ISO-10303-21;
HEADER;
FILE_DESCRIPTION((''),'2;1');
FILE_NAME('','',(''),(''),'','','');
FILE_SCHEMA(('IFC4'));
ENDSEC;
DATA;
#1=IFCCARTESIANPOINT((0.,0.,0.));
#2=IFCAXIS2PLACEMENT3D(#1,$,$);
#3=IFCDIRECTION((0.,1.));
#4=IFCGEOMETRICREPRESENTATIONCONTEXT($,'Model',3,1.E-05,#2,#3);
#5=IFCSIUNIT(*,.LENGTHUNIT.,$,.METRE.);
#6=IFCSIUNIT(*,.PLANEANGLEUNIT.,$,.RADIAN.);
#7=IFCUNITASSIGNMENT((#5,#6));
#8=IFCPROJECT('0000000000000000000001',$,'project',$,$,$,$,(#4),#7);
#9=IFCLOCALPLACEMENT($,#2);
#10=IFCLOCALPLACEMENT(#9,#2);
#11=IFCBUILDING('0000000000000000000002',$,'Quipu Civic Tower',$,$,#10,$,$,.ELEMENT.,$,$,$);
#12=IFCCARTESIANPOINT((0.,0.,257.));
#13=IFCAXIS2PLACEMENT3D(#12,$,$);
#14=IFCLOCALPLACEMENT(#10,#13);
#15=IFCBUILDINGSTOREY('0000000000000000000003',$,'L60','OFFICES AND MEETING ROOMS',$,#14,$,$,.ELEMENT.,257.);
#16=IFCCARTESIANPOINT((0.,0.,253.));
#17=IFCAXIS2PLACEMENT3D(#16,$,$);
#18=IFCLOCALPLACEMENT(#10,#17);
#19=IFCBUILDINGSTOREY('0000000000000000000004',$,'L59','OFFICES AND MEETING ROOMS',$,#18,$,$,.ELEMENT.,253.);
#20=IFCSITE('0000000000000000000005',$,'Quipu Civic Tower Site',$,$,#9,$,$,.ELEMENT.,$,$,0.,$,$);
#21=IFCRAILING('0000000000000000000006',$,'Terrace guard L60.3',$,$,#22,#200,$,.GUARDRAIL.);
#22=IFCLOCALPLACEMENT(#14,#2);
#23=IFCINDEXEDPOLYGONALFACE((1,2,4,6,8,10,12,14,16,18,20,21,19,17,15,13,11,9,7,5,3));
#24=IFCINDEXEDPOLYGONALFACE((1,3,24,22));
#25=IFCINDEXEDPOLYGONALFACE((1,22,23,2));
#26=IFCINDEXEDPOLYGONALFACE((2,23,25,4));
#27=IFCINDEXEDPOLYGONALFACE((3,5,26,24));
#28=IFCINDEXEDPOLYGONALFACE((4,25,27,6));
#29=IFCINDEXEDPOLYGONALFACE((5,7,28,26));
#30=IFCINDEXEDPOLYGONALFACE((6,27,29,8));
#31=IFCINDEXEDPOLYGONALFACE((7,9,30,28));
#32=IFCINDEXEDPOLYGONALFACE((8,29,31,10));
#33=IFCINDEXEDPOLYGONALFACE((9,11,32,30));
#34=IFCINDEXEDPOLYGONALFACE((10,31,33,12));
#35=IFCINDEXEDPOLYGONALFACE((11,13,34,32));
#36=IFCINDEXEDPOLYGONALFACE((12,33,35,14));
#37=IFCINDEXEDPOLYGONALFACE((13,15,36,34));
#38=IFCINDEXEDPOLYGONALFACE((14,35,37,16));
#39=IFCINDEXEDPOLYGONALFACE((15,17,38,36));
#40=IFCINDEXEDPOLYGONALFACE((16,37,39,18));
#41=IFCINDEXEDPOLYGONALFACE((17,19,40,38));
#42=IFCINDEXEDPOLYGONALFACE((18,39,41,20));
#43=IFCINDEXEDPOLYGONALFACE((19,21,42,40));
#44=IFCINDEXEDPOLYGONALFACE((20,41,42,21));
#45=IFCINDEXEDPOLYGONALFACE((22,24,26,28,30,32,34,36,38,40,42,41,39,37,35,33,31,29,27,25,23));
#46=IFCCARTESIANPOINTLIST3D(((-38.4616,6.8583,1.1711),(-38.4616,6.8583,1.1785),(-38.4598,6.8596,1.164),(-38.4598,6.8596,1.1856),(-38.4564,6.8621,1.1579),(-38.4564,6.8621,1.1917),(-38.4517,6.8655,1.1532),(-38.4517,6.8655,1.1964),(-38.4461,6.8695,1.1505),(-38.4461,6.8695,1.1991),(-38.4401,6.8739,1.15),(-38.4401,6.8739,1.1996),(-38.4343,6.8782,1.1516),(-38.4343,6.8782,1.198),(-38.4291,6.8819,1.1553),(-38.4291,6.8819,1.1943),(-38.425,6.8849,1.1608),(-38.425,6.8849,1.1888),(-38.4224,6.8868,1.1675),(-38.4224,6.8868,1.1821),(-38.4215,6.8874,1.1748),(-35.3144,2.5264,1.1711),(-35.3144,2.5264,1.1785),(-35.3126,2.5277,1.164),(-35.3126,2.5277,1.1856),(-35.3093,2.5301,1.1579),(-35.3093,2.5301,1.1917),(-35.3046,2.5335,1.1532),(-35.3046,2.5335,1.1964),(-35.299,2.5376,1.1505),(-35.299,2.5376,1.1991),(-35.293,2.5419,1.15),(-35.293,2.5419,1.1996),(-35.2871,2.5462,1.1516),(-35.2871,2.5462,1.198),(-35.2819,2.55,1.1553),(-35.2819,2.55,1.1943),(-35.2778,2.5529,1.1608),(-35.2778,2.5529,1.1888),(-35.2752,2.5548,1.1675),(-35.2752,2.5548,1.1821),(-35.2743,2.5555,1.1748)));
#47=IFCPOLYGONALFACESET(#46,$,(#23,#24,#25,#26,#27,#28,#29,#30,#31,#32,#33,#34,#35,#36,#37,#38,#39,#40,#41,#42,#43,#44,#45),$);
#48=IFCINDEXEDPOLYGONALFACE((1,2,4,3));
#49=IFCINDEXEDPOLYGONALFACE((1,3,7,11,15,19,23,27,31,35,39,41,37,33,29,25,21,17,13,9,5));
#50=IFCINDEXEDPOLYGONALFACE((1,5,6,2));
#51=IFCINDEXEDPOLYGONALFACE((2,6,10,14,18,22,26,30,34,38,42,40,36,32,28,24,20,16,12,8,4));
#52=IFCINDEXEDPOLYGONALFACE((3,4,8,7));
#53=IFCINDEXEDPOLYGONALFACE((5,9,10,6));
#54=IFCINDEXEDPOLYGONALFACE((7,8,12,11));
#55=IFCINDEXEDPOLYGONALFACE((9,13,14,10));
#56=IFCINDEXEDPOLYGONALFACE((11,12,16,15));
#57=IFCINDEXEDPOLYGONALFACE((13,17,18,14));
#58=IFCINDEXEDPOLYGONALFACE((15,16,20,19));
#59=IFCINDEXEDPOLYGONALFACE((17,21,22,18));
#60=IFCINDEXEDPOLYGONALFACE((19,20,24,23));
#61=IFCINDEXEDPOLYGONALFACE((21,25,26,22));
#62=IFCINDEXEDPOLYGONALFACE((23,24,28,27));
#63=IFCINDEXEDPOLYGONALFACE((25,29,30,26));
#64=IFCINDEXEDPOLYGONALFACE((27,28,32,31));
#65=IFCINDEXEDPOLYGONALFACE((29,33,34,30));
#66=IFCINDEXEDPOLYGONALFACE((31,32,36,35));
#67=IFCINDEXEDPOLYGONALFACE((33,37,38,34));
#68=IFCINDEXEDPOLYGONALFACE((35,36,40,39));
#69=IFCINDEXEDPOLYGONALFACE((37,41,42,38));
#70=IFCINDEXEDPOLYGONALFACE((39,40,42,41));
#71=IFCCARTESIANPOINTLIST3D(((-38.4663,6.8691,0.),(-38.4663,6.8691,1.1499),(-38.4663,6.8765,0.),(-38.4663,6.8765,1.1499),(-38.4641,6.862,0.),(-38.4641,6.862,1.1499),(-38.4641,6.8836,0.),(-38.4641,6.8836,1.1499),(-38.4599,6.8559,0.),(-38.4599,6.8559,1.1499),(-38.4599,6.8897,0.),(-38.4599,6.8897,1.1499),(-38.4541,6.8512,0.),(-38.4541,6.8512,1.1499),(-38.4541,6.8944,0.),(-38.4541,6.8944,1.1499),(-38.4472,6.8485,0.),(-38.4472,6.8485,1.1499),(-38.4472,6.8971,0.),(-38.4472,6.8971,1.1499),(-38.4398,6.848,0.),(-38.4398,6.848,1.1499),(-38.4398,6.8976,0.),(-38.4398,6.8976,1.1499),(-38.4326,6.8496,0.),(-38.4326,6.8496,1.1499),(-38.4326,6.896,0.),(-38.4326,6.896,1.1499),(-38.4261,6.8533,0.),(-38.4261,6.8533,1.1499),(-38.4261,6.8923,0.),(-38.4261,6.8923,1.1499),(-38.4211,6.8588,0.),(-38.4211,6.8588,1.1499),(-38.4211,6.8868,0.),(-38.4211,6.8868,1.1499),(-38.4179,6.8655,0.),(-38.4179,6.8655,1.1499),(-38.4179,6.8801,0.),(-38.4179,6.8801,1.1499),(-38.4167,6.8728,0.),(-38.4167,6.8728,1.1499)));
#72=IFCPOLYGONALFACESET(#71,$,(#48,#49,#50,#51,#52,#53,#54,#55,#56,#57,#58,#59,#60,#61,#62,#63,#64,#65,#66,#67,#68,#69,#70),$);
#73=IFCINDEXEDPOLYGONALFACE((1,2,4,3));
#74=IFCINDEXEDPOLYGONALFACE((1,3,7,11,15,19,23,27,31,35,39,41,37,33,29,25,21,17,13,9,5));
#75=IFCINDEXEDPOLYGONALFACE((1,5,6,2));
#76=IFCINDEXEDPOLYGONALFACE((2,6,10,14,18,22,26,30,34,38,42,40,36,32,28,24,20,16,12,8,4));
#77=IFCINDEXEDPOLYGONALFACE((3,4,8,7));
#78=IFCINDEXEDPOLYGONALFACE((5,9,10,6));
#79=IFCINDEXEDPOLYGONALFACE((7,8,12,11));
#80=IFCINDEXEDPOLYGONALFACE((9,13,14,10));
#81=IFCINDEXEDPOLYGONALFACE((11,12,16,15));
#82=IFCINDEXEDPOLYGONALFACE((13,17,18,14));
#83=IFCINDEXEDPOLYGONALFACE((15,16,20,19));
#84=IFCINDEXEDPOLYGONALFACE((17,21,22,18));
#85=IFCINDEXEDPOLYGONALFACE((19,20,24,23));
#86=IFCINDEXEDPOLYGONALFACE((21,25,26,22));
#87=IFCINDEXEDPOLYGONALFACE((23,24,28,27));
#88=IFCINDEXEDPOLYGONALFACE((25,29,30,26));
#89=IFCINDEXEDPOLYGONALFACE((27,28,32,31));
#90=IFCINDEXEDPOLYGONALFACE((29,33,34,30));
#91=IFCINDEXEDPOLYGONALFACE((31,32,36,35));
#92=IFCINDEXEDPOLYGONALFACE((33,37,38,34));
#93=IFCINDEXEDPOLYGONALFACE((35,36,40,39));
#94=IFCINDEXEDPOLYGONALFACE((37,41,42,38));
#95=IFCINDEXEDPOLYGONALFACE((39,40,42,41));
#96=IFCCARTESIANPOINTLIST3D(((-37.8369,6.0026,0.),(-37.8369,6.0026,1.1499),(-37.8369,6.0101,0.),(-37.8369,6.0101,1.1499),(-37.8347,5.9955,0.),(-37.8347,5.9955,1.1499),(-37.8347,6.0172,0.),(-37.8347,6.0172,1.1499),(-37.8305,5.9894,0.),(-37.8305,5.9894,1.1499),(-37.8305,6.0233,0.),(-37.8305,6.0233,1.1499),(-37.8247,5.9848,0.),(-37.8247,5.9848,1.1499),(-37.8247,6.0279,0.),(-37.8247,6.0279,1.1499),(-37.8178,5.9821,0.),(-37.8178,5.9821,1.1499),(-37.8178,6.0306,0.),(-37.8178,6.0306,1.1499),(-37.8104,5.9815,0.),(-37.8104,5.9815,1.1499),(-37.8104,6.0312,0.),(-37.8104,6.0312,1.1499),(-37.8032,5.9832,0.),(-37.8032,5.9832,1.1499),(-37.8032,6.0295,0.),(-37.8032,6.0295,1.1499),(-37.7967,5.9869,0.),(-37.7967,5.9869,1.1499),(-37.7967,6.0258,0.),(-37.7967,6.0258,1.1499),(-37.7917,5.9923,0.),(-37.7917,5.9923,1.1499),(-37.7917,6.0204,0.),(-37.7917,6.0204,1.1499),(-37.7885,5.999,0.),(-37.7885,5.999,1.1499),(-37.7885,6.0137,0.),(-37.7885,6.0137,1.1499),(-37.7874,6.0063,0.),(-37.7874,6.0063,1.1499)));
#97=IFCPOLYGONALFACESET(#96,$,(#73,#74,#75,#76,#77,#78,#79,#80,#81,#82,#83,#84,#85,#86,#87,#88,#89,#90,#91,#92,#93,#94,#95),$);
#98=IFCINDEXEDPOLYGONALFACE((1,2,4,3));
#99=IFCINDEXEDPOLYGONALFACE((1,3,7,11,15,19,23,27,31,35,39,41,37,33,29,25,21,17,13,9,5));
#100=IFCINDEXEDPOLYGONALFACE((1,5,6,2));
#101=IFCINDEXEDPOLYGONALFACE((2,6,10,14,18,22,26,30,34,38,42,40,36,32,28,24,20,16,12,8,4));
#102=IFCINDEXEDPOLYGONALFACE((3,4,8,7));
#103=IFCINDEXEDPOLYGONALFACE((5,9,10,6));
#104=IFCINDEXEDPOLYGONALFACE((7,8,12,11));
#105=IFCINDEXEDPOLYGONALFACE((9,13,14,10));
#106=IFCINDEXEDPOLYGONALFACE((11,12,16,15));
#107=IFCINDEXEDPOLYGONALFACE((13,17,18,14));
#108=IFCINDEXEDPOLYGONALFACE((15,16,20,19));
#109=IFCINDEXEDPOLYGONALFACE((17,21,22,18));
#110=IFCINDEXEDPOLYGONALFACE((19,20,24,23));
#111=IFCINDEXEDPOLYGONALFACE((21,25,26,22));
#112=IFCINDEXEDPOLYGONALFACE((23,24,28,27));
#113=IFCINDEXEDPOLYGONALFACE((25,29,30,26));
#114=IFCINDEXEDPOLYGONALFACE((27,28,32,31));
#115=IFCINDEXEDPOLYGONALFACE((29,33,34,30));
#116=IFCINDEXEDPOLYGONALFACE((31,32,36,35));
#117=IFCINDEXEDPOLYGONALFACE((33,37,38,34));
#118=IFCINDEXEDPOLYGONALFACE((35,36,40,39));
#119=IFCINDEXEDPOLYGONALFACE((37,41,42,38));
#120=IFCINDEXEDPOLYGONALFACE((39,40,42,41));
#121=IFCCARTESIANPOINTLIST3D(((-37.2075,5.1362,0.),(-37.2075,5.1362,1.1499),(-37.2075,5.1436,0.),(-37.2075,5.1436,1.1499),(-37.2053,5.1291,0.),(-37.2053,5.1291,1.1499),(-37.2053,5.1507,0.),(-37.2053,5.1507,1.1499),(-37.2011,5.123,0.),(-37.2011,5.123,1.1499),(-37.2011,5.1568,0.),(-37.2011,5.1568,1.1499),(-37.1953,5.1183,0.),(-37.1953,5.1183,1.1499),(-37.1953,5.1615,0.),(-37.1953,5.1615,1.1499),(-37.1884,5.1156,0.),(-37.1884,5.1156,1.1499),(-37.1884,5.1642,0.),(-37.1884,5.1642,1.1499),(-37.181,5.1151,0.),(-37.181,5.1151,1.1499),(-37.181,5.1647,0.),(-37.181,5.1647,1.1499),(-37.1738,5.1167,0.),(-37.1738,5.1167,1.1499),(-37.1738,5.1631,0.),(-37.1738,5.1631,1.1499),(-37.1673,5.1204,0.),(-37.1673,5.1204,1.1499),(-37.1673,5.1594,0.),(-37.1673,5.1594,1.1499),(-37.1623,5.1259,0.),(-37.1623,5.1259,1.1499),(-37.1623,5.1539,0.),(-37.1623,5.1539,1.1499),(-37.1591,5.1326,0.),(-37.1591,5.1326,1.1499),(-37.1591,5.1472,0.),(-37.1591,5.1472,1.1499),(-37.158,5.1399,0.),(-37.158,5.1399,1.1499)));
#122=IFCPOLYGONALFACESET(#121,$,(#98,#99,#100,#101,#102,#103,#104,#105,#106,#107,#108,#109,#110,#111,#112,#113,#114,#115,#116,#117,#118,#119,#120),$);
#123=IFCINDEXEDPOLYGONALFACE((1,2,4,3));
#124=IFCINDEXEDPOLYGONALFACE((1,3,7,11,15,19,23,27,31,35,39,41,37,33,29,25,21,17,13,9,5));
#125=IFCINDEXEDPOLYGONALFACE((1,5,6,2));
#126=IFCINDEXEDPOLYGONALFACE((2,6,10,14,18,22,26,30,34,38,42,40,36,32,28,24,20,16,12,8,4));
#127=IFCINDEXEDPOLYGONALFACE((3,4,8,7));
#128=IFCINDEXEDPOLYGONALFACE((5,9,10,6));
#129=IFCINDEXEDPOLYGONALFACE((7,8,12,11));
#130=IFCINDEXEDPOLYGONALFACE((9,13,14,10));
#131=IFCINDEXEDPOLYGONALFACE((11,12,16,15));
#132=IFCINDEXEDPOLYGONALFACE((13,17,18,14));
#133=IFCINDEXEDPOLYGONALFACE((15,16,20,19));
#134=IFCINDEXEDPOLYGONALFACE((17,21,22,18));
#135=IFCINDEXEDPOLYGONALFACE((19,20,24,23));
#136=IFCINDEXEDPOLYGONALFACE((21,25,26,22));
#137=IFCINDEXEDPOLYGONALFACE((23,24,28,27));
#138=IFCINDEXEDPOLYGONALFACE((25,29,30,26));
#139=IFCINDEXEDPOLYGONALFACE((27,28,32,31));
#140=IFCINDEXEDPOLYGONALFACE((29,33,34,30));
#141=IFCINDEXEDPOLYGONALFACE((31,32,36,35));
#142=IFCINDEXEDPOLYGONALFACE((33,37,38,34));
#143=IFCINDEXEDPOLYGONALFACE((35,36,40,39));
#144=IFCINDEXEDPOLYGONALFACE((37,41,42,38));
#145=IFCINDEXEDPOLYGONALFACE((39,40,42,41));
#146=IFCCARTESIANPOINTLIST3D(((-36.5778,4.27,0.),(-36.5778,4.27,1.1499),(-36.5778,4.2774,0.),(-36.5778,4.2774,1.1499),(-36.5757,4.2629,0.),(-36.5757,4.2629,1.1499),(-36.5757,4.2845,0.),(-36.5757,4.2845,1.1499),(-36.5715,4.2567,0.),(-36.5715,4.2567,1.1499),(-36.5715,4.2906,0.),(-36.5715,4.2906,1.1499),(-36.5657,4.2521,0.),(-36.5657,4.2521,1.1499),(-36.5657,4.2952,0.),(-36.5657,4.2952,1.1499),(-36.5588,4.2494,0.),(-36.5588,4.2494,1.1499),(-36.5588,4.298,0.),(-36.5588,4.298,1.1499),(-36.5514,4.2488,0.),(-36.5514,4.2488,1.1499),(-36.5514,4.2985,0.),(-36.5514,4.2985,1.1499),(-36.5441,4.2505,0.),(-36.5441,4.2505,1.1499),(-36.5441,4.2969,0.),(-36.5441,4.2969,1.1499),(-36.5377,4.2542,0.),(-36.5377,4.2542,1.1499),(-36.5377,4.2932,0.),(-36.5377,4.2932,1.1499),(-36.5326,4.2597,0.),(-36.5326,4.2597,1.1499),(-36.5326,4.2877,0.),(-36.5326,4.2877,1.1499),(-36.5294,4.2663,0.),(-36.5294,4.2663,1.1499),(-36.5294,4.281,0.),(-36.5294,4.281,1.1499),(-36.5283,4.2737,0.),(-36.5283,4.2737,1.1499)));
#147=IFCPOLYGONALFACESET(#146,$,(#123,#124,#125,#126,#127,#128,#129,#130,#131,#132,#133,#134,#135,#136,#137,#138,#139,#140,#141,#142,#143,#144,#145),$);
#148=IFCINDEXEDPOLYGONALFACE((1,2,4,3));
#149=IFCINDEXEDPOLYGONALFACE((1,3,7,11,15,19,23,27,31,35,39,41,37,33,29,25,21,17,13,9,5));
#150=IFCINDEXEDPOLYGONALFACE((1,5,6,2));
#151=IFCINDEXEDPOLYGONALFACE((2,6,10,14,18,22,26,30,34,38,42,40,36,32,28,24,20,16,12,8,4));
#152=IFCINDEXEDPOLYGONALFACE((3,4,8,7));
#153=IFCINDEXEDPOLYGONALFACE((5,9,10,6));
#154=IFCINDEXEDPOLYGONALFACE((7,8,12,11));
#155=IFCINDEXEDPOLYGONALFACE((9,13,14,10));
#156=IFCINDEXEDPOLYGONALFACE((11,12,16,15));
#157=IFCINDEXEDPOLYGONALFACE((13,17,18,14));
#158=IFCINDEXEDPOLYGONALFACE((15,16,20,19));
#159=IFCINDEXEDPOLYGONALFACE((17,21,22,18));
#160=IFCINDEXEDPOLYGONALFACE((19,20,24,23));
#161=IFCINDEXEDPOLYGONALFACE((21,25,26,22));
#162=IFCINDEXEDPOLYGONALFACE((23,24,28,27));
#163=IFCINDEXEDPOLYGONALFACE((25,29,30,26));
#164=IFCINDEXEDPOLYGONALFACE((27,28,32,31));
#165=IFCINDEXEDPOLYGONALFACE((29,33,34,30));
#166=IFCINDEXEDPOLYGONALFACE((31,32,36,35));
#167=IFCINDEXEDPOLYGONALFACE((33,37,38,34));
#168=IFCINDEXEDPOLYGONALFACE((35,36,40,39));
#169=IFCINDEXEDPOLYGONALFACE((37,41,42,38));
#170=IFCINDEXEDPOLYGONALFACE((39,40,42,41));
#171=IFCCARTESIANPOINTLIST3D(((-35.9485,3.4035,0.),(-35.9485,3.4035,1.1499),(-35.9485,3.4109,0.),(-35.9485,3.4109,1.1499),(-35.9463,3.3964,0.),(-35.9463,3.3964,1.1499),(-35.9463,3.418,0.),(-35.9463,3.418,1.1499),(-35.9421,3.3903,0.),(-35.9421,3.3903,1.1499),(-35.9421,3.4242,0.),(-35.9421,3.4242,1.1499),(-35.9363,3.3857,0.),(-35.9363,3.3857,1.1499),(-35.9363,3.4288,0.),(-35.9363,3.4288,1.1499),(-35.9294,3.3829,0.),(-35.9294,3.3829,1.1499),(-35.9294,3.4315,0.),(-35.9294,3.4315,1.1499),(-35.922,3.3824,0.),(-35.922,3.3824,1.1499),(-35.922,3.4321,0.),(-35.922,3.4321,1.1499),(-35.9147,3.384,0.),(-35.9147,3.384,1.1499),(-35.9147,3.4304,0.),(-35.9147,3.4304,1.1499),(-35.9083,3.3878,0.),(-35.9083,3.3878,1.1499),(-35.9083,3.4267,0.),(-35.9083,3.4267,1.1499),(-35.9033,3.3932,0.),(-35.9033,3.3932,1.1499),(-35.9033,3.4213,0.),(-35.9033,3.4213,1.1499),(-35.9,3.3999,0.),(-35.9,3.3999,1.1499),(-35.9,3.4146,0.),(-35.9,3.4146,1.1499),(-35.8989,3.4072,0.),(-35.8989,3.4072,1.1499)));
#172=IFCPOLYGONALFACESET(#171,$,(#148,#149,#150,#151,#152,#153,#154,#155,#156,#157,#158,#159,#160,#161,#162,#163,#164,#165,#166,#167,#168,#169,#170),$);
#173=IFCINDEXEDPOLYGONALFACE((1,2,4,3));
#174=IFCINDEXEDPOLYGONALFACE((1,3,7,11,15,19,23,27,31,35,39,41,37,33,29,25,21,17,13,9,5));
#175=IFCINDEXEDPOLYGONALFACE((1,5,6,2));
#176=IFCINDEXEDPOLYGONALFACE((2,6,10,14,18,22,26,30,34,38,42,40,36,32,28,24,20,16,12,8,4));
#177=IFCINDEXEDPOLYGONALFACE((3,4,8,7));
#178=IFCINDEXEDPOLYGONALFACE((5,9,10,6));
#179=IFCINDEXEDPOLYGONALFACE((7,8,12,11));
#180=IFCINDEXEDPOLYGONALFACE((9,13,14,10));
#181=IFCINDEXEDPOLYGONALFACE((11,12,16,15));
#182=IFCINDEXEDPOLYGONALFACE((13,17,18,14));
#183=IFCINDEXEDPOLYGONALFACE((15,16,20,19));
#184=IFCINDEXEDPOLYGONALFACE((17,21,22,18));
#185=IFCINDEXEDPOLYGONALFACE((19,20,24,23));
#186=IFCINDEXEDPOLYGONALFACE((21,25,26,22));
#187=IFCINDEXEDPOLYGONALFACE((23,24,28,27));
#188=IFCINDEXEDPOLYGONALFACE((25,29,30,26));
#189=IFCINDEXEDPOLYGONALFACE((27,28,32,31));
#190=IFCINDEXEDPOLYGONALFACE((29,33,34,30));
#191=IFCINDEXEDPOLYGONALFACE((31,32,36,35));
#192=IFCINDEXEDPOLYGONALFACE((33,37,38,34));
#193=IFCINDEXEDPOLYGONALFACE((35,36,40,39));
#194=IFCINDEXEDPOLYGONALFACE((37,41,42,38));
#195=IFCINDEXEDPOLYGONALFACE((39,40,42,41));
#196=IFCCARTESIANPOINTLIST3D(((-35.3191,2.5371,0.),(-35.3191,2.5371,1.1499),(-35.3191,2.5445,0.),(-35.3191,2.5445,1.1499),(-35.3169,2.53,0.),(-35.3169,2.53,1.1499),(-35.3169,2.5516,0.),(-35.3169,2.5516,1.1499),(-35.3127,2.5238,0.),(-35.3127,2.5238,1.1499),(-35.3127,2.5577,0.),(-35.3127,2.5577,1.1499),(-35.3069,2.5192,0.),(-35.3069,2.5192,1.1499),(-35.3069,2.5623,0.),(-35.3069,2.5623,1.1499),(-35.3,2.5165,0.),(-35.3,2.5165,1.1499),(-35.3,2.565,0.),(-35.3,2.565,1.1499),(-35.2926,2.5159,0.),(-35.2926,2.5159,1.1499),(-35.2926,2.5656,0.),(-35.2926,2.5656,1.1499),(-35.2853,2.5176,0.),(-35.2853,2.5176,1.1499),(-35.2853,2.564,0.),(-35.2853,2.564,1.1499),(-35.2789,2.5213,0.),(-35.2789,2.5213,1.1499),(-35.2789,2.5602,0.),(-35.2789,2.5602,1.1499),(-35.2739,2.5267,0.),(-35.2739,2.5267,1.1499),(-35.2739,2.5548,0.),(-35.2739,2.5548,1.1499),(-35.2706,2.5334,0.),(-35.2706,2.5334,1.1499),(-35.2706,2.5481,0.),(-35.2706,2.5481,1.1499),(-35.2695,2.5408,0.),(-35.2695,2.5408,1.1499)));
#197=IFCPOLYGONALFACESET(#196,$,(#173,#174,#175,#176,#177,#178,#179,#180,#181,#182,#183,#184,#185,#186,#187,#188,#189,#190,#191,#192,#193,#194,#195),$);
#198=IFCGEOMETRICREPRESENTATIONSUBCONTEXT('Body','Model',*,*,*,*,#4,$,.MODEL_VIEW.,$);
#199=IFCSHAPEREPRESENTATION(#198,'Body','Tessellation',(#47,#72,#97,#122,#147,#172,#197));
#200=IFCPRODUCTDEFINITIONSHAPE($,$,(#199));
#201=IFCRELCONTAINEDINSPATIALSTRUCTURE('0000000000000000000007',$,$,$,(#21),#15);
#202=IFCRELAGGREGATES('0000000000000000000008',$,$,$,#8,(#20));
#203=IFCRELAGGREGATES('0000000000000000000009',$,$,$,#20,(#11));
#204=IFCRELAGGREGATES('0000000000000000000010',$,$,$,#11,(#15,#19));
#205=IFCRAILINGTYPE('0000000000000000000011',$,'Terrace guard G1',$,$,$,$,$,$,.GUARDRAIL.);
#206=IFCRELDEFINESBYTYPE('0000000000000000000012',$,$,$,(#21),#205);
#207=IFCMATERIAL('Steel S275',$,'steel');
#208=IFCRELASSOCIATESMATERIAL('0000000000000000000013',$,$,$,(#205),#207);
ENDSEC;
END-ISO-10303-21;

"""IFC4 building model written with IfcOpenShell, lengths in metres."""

from ifc_helpers import new_model, si_unit, direction, frame, origin, origin_2d, place, context, subcontext, project, spatial, circle, extrude, material, type_object, element, save


model = new_model("IFC4")

# Units and contexts
model_context = context("Model", 3, precision=1e-05, world=origin(), true_north=direction((0.0, 1.0)))
body_context = subcontext(model_context, "Body", "Model", "MODEL_VIEW")
ifc_project = project(units=[si_unit("LENGTHUNIT", "METRE"), si_unit("PLANEANGLEUNIT", "RADIAN")], contexts=[model_context])

# Site, building, storey
site_placement = place(None, origin())
site = spatial("IfcSite", under=ifc_project, at=site_placement, Name="Quipu Civic Tower Site", CompositionType="ELEMENT", RefElevation=0.0)
building_placement = place(site_placement, origin())
building = spatial("IfcBuilding", under=site, at=building_placement, Name="Quipu Civic Tower", CompositionType="ELEMENT")
storey_1_placement = place(building_placement, frame((0.0, 0.0, 257.0)))
storey_1 = spatial("IfcBuildingStorey", under=building, at=storey_1_placement, Name="L60", Description="OFFICES AND MEETING ROOMS", CompositionType="ELEMENT", Elevation=257.0)

# Shared definitions
storey_2_placement = place(building_placement, frame((0.0, 0.0, 253.0)))
storey_2 = spatial("IfcBuildingStorey", under=building, at=storey_2_placement, Name="L59", Description="OFFICES AND MEETING ROOMS", CompositionType="ELEMENT", Elevation=253.0)

# Railing
ifc_material_1 = material(Name="Steel S275", Category="steel")
railing_type = type_object("IfcRailingType", Name="Terrace guard G1", PredefinedType="GUARDRAIL", material=ifc_material_1)
railing_1_placement = place(storey_1_placement, frame((-38.4417, 6.8728, 0.0)))
element("IfcRailing", 1, at=railing_1_placement, inside=storey_1, type_object=railing_type, Name="Terrace guard L60.3", PredefinedType="GUARDRAIL", context=body_context, shape_type="SweptSolid", body=[
    extrude(circle(Radius=0.0249, at=origin_2d()), frame((0.0, 0.0, 1.1748), z_axis=(0.587762, -0.809034, 0.0), x_axis=(0.809034, 0.587762, 0.0)), (0.0, 0.0, 1.0), 5.3545),
    extrude(circle(Radius=0.0249, at=origin_2d()), origin(), (0.0, 0.0, 1.0), 1.1499),
    extrude(circle(Radius=0.0249, at=origin_2d()), frame((0.6294, -0.8665, 0.0)), (0.0, 0.0, 1.0), 1.1499),
    extrude(circle(Radius=0.0249, at=origin_2d()), frame((1.2588, -1.7329, 0.0)), (0.0, 0.0, 1.0), 1.1499),
    extrude(circle(Radius=0.0249, at=origin_2d()), frame((1.8884, -2.5991, 0.0)), (0.0, 0.0, 1.0), 1.1499),
    extrude(circle(Radius=0.0249, at=origin_2d()), frame((2.5178, -3.4656, 0.0)), (0.0, 0.0, 1.0), 1.1499),
    extrude(circle(Radius=0.0249, at=origin_2d()), frame((3.1472, -4.332, 0.0)), (0.0, 0.0, 1.0), 1.1499),
])

save(model, "model.ifc")
